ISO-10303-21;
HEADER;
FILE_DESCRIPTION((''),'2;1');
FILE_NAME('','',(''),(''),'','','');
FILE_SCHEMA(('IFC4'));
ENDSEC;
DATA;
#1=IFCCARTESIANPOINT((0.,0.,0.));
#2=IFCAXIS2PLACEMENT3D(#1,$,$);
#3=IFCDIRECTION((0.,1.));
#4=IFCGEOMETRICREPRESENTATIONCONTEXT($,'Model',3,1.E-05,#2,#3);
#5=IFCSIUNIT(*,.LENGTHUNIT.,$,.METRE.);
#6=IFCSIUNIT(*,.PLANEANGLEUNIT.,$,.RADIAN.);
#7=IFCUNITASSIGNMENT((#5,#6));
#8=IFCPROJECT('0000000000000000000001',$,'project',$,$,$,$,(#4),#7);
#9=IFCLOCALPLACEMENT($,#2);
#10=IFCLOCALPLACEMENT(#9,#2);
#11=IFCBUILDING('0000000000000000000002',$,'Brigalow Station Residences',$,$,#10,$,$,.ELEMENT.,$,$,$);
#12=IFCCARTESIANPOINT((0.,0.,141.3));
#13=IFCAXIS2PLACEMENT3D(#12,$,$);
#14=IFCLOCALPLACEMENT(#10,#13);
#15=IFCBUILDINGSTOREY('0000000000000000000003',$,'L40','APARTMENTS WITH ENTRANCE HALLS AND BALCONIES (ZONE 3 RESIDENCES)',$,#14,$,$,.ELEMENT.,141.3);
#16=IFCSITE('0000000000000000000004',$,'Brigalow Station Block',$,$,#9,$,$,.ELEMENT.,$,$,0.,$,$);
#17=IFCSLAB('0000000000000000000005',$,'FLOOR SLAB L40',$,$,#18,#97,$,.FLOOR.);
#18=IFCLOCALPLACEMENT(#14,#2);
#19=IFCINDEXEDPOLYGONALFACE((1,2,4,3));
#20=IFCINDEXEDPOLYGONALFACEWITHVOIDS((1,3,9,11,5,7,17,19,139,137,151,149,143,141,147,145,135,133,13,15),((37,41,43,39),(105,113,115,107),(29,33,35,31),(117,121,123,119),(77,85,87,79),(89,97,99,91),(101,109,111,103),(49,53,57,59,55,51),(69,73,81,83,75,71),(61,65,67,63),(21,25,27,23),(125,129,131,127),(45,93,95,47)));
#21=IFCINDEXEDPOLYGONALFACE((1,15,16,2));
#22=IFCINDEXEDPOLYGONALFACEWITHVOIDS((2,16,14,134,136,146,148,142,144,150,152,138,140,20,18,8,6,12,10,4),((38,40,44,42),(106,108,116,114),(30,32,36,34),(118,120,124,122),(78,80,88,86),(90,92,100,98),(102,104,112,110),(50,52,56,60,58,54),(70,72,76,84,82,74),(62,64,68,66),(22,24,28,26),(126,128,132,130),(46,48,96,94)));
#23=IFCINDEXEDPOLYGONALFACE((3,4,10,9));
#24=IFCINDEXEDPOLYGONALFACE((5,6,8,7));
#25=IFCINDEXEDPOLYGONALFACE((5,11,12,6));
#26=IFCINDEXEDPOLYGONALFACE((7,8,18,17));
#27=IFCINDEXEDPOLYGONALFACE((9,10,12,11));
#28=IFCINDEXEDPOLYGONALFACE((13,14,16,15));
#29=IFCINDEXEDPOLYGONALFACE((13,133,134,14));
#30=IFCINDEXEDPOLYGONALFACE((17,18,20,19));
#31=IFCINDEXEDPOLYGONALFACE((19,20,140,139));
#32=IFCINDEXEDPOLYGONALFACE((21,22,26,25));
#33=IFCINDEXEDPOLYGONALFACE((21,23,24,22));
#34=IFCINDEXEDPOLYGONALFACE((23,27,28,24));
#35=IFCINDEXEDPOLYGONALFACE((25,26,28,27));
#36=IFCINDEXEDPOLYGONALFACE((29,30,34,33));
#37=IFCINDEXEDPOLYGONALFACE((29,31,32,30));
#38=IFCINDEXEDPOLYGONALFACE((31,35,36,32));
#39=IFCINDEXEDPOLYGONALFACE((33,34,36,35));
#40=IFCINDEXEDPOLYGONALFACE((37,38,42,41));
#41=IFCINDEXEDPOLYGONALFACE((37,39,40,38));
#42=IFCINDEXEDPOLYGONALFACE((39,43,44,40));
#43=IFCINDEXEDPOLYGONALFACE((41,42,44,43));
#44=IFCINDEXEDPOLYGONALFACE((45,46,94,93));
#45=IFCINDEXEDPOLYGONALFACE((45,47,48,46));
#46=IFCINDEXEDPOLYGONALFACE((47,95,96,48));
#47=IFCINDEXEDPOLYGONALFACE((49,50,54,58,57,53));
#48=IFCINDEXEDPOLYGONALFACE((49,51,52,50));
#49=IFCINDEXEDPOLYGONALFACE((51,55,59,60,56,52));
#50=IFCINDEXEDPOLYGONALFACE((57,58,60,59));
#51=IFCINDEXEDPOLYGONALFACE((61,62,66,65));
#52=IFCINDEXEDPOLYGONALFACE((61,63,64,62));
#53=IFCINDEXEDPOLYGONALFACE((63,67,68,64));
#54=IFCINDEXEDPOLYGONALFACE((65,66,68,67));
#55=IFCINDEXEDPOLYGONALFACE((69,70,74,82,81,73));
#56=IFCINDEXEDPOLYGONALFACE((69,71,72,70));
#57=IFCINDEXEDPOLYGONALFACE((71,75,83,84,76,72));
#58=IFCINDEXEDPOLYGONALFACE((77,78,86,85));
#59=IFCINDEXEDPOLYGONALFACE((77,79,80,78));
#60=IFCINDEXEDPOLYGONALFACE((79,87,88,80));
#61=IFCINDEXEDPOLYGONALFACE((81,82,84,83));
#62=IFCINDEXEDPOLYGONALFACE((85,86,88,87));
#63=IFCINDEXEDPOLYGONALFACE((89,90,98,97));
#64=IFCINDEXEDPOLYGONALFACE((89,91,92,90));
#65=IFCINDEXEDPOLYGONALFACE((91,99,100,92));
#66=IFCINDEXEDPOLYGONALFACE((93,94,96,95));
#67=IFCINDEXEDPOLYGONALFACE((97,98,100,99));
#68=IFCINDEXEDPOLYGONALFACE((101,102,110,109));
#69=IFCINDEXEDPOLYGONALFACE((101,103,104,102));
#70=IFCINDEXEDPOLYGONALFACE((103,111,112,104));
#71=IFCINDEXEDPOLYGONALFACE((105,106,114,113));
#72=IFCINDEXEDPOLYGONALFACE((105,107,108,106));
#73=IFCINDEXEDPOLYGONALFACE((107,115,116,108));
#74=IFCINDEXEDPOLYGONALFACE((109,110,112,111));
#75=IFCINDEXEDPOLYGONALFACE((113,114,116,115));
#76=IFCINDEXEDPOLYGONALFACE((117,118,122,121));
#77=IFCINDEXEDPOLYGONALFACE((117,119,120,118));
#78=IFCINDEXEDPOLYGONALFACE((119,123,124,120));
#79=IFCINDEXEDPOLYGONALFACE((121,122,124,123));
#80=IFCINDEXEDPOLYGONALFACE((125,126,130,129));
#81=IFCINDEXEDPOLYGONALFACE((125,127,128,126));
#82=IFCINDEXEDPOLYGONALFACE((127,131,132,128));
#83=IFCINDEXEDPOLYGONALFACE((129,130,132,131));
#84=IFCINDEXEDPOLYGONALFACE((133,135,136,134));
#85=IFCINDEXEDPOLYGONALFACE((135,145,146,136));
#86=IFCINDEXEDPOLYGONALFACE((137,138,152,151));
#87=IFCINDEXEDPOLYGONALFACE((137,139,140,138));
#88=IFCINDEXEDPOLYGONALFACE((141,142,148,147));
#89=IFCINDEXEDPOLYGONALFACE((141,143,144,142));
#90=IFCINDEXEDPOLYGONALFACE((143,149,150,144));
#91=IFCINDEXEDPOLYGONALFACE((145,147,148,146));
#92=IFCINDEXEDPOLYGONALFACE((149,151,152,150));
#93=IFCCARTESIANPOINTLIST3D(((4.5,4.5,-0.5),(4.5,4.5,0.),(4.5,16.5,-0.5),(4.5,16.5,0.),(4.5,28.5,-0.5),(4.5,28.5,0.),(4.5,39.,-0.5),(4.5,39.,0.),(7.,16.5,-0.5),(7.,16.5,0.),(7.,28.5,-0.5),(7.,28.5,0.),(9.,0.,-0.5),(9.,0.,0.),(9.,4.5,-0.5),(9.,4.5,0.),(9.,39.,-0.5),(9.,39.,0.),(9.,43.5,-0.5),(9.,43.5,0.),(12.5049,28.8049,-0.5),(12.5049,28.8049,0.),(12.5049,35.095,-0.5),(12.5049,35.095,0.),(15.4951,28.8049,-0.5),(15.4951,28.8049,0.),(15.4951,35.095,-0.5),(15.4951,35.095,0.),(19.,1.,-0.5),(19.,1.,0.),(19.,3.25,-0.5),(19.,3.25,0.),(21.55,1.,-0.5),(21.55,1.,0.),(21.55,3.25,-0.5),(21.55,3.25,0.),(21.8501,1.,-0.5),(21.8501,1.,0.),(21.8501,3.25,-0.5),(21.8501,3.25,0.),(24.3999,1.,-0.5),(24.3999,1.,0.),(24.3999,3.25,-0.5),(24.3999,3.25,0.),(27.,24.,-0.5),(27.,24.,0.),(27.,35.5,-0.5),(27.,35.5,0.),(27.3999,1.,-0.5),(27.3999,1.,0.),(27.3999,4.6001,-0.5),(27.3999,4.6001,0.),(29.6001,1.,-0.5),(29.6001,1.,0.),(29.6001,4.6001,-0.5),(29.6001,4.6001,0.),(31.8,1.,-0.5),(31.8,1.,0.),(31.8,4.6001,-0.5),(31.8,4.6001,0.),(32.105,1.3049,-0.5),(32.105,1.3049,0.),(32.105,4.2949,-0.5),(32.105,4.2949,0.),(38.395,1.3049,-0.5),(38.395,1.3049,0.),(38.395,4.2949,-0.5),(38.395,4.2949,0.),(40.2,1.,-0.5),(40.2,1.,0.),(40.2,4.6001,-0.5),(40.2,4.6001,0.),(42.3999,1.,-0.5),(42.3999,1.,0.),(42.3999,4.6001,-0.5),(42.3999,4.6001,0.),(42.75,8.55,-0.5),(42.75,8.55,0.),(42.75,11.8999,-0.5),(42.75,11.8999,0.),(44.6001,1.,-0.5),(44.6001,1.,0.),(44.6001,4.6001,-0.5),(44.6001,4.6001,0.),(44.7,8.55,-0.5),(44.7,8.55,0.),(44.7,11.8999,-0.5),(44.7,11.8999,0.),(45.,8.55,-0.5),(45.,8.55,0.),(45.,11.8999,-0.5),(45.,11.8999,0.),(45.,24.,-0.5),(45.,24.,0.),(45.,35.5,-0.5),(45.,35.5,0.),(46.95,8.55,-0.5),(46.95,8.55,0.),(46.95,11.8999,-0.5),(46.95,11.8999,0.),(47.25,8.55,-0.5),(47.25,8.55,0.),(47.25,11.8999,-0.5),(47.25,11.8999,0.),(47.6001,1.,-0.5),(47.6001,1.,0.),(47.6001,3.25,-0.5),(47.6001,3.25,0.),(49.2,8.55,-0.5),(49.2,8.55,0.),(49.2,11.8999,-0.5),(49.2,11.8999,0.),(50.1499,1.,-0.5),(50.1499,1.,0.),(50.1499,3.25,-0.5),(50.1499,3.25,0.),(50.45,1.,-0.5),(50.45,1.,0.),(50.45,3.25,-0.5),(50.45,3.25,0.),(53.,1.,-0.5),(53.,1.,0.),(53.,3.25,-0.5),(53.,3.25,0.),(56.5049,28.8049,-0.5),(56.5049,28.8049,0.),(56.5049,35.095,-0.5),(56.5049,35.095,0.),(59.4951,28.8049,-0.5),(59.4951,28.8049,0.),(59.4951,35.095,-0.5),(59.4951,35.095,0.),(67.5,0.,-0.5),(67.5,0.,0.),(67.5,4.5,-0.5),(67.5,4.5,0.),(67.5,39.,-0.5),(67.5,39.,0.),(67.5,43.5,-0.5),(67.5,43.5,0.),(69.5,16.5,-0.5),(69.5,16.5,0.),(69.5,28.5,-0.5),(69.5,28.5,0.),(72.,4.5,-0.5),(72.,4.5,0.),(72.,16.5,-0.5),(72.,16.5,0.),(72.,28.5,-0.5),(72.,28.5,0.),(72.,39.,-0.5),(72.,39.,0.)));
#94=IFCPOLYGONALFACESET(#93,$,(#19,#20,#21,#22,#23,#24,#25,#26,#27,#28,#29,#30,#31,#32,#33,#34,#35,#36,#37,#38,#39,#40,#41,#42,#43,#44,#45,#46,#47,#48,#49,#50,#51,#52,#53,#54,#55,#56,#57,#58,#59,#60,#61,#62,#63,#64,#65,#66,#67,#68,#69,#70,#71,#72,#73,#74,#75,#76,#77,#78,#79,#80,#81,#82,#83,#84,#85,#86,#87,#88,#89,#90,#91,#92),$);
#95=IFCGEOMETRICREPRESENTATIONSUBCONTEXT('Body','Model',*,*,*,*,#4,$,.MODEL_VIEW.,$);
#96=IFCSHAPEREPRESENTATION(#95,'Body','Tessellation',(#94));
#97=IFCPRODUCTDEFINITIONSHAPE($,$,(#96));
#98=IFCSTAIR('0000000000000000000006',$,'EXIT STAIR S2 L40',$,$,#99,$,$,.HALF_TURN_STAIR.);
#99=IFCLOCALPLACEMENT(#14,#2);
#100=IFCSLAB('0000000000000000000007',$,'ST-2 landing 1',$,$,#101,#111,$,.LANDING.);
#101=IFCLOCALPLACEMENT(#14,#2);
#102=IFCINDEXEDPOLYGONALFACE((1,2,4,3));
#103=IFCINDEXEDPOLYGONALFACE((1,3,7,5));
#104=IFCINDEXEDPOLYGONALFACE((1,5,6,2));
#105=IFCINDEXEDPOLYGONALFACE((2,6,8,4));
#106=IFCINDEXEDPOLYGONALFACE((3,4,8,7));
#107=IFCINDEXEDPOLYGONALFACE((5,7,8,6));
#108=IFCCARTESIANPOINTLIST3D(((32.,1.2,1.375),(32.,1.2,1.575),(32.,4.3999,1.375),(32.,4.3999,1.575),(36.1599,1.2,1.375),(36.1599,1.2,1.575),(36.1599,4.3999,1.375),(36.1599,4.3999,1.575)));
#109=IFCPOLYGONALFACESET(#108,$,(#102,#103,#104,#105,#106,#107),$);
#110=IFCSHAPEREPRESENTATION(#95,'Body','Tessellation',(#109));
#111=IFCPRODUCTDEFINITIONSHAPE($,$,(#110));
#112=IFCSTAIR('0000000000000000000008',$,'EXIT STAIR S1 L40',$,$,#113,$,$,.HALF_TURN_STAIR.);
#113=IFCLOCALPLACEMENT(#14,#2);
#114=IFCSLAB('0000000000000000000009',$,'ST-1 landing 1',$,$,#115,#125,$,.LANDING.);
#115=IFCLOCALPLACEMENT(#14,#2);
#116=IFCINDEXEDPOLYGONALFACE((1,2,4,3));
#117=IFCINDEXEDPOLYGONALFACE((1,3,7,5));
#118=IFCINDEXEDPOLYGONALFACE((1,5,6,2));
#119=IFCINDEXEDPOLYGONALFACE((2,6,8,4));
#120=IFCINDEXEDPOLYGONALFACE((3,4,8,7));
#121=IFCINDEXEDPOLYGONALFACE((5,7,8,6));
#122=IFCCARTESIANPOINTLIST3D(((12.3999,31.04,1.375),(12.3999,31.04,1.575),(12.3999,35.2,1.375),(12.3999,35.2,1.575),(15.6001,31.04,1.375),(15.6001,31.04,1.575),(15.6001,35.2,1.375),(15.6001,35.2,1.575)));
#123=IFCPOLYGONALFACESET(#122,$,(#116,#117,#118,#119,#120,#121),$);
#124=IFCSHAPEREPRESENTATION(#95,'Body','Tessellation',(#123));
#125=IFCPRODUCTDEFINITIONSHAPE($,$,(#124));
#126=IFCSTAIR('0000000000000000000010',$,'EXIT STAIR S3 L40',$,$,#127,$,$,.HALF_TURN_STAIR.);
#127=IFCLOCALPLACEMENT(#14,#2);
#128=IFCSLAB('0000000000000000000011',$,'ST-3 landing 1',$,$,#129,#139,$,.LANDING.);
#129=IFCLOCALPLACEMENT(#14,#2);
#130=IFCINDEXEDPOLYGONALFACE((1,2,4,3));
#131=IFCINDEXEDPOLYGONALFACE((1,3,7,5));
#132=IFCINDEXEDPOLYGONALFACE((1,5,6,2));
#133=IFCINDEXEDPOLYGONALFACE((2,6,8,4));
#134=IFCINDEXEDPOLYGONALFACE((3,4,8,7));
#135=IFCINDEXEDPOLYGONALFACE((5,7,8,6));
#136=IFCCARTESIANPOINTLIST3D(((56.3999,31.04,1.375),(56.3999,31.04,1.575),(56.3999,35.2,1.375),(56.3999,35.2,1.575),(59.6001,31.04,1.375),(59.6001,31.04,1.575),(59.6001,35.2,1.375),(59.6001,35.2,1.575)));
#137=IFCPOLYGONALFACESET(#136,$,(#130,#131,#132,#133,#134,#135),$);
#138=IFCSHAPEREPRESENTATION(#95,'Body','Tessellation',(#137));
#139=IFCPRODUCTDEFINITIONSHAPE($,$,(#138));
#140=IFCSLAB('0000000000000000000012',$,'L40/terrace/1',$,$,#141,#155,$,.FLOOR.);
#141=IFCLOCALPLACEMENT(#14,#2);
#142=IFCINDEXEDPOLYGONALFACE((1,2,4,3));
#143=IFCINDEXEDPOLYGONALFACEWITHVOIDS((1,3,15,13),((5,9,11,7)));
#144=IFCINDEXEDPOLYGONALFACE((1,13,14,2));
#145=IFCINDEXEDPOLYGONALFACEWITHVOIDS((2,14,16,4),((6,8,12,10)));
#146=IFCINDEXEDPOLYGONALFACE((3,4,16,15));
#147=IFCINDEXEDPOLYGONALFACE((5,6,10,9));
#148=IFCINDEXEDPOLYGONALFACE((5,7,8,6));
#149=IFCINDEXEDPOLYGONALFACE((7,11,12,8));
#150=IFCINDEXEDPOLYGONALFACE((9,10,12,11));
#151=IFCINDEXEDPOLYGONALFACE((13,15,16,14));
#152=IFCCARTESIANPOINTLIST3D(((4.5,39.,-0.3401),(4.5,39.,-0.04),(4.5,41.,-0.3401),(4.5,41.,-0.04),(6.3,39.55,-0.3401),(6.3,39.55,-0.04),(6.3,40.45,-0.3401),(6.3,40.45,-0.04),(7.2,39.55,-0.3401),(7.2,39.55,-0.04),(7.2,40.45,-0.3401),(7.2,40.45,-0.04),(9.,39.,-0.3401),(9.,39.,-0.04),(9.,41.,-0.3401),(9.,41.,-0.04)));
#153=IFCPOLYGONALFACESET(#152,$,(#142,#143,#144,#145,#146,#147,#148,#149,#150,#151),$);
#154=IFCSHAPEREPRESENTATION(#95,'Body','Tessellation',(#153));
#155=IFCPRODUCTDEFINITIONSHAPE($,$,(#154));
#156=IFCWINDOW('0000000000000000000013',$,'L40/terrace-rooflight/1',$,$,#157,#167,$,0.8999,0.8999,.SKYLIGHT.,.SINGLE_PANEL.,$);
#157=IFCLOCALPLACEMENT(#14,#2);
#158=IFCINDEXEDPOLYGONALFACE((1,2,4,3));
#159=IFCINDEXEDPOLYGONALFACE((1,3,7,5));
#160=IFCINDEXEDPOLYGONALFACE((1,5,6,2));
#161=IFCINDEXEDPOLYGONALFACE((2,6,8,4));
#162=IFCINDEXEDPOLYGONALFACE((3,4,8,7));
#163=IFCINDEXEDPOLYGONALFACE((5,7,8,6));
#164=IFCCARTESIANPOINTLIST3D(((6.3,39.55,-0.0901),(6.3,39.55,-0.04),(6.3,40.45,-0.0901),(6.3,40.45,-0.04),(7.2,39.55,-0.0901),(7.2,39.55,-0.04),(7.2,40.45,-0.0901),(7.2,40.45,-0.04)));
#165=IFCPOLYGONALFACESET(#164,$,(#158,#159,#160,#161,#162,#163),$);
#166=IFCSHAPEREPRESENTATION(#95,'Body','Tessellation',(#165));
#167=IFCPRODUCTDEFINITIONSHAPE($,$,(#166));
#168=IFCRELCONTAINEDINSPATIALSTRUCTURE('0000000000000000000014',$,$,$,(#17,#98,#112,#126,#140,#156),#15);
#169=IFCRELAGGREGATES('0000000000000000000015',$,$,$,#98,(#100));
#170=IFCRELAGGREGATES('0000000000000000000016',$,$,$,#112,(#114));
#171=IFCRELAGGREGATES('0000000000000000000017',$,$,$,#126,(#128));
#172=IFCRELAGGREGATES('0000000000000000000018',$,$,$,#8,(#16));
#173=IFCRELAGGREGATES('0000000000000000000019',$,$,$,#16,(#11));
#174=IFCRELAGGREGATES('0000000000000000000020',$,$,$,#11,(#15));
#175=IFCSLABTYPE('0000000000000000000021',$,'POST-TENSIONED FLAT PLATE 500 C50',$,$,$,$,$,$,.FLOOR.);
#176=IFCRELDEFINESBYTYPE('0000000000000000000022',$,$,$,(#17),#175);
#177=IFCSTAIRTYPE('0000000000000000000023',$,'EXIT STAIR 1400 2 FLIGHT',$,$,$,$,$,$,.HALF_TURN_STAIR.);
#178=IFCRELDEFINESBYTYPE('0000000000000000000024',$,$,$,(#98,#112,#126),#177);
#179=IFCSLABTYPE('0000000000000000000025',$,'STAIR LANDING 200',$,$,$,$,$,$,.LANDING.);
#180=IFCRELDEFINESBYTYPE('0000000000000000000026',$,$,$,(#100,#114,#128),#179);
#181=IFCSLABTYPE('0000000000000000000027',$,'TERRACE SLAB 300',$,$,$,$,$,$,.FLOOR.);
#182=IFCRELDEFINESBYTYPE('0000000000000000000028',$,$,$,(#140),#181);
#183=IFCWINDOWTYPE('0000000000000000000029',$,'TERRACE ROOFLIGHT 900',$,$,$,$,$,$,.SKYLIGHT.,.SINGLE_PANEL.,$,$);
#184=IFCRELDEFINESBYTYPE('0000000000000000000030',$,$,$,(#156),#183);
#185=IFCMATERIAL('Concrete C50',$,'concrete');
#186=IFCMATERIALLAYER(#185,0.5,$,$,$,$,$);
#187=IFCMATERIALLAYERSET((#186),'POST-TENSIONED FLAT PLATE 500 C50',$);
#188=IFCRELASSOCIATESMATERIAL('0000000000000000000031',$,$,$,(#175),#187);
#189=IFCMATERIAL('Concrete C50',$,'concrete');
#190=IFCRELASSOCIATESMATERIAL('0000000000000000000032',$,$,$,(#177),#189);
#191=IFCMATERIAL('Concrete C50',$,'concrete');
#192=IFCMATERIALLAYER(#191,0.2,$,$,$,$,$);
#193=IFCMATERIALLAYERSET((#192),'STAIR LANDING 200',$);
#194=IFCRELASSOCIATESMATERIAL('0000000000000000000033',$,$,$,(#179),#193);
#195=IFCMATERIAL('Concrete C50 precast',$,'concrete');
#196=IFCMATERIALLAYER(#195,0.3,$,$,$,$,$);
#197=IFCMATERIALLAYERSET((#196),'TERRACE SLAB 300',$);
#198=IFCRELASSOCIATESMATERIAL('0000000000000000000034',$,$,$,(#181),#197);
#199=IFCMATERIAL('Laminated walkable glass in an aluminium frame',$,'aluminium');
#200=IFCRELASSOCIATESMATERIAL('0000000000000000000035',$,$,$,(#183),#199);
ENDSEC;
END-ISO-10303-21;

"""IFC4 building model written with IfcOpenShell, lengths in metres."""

from ifc_helpers import new_model, si_unit, direction, frame, origin, origin_2d, place, context, subcontext, project, spatial, polyline, rectangle, outline, extrude, material, layer, layer_set, type_object, element, fill, aggregate, save


model = new_model("IFC4")

# Units and contexts
model_context = context("Model", 3, precision=1e-05, world=origin(), true_north=direction((0.0, 1.0)))
body_context = subcontext(model_context, "Body", "Model", "MODEL_VIEW")
ifc_project = project(units=[si_unit("LENGTHUNIT", "METRE"), si_unit("PLANEANGLEUNIT", "RADIAN")], contexts=[model_context])

# Site, building, storey
site_placement = place(None, origin())
site = spatial("IfcSite", under=ifc_project, at=site_placement, Name="Brigalow Station Block", CompositionType="ELEMENT", RefElevation=0.0)
building_placement = place(site_placement, origin())
building = spatial("IfcBuilding", under=site, at=building_placement, Name="Brigalow Station Residences", CompositionType="ELEMENT")
storey_placement = place(building_placement, frame((0.0, 0.0, 141.3)))
storey = spatial("IfcBuildingStorey", under=building, at=storey_placement, Name="L40", Description="APARTMENTS WITH ENTRANCE HALLS AND BALCONIES (ZONE 3 RESIDENCES)", CompositionType="ELEMENT", Elevation=141.3)

# Slab
ifc_material_1 = material(Name="Concrete C50", Category="concrete")
ifc_layer_1 = layer(ifc_material_1, 0.5)
ifc_layer_set_1 = layer_set([ifc_layer_1], Name="POST-TENSIONED FLAT PLATE 500 C50")
slab_type_1 = type_object("IfcSlabType", Name="POST-TENSIONED FLAT PLATE 500 C50", PredefinedType="FLOOR", material=ifc_layer_set_1)
slab_1_placement = place(storey_placement, frame((0.0, 0.0, -0.5)))
element("IfcSlab", 1, at=slab_1_placement, inside=storey, type_object=slab_type_1, Name="FLOOR SLAB L40", PredefinedType="FLOOR", context=body_context, shape_type="SweptSolid", body=[
    extrude(outline(polyline([(9.0, 0.0), (67.5, 0.0), (67.5, 4.5), (72.0, 4.5), (72.0, 16.5), (69.5, 16.5), (69.5, 28.5), (72.0, 28.5), (72.0, 39.0), (67.5, 39.0), (67.5, 43.5), (9.0, 43.5), (9.0, 39.0), (4.5, 39.0), (4.5, 28.5), (7.0, 28.5), (7.0, 16.5), (4.5, 16.5), (4.5, 4.5), (9.0, 4.5), (9.0, 0.0)]), holes=[polyline([(12.5049, 35.095), (15.4951, 35.095), (15.4951, 28.8049), (12.5049, 28.8049), (12.5049, 35.095)]), polyline([(19.0, 1.0), (19.0, 3.25), (21.55, 3.25), (21.55, 1.0), (19.0, 1.0)]), polyline([(21.8501, 3.25), (24.3999, 3.25), (24.3999, 1.0), (21.8501, 1.0), (21.8501, 3.25)]), polyline([(27.0, 35.5), (45.0, 35.5), (45.0, 24.0), (27.0, 24.0), (27.0, 35.5)]), polyline([(29.6001, 4.6001), (31.8, 4.6001), (31.8, 1.0), (29.6001, 1.0), (27.3999, 1.0), (27.3999, 4.6001), (29.6001, 4.6001)]), polyline([(32.105, 4.2949), (38.395, 4.2949), (38.395, 1.3049), (32.105, 1.3049), (32.105, 4.2949)]), polyline([(40.2, 4.6001), (42.3999, 4.6001), (44.6001, 4.6001), (44.6001, 1.0), (42.3999, 1.0), (40.2, 1.0), (40.2, 4.6001)]), polyline([(42.75, 11.8999), (44.7, 11.8999), (44.7, 8.55), (42.75, 8.55), (42.75, 11.8999)]), polyline([(45.0, 11.8999), (46.95, 11.8999), (46.95, 8.55), (45.0, 8.55), (45.0, 11.8999)]), polyline([(47.25, 11.8999), (49.2, 11.8999), (49.2, 8.55), (47.25, 8.55), (47.25, 11.8999)]), polyline([(47.6001, 3.25), (50.1499, 3.25), (50.1499, 1.0), (47.6001, 1.0), (47.6001, 3.25)]), polyline([(50.45, 3.25), (53.0, 3.25), (53.0, 1.0), (50.45, 1.0), (50.45, 3.25)]), polyline([(56.5049, 35.095), (59.4951, 35.095), (59.4951, 28.8049), (56.5049, 28.8049), (56.5049, 35.095)])]), origin(), (0.0, 0.0, 1.0), 0.5),
])

# Stairs, slabs
ifc_material_2 = material(Name="Concrete C50", Category="concrete")
stair_type = type_object("IfcStairType", Name="EXIT STAIR 1400 2 FLIGHT", PredefinedType="HALF_TURN_STAIR", material=ifc_material_2)
stair_1_placement = place(storey_placement, origin())
stair_1 = element("IfcStair", 2, at=stair_1_placement, inside=storey, type_object=stair_type, Name="EXIT STAIR S2 L40", PredefinedType="HALF_TURN_STAIR")
ifc_material_3 = material(Name="Concrete C50", Category="concrete")
ifc_layer_2 = layer(ifc_material_3, 0.2)
ifc_layer_set_2 = layer_set([ifc_layer_2], Name="STAIR LANDING 200")
slab_type_2 = type_object("IfcSlabType", Name="STAIR LANDING 200", PredefinedType="LANDING", material=ifc_layer_set_2)
slab_2_placement = place(storey_placement, frame((0.0, 0.0, 1.375)))
slab_2 = element("IfcSlab", 3, at=slab_2_placement, type_object=slab_type_2, Name="ST-2 landing 1", PredefinedType="LANDING", context=body_context, shape_type="SweptSolid", body=[
    extrude(outline(polyline([(32.0, 1.2), (36.1599, 1.2), (36.1599, 4.3999), (32.0, 4.3999), (32.0, 1.2)])), origin(), (0.0, 0.0, 1.0), 0.2),
])
aggregate(stair_1, [slab_2])
stair_2_placement = place(storey_placement, origin())
stair_2 = element("IfcStair", 4, at=stair_2_placement, inside=storey, type_object=stair_type, Name="EXIT STAIR S1 L40", PredefinedType="HALF_TURN_STAIR")
slab_3_placement = place(storey_placement, frame((0.0, 0.0, 1.375)))
slab_3 = element("IfcSlab", 5, at=slab_3_placement, type_object=slab_type_2, Name="ST-1 landing 1", PredefinedType="LANDING", context=body_context, shape_type="SweptSolid", body=[
    extrude(outline(polyline([(12.3999, 31.04), (15.6001, 31.04), (15.6001, 35.2), (12.3999, 35.2), (12.3999, 31.04)])), origin(), (0.0, 0.0, 1.0), 0.2),
])
aggregate(stair_2, [slab_3])
stair_3_placement = place(storey_placement, origin())
stair_3 = element("IfcStair", 6, at=stair_3_placement, inside=storey, type_object=stair_type, Name="EXIT STAIR S3 L40", PredefinedType="HALF_TURN_STAIR")
slab_4_placement = place(storey_placement, frame((0.0, 0.0, 1.375)))
slab_4 = element("IfcSlab", 7, at=slab_4_placement, type_object=slab_type_2, Name="ST-3 landing 1", PredefinedType="LANDING", context=body_context, shape_type="SweptSolid", body=[
    extrude(outline(polyline([(56.3999, 31.04), (59.6001, 31.04), (59.6001, 35.2), (56.3999, 35.2), (56.3999, 31.04)])), origin(), (0.0, 0.0, 1.0), 0.2),
])
aggregate(stair_3, [slab_4])

# Slab, opening, window
ifc_material_4 = material(Name="Concrete C50 precast", Category="concrete")
ifc_layer_3 = layer(ifc_material_4, 0.3)
ifc_layer_set_3 = layer_set([ifc_layer_3], Name="TERRACE SLAB 300")
slab_type_3 = type_object("IfcSlabType", Name="TERRACE SLAB 300", PredefinedType="FLOOR", material=ifc_layer_set_3)
slab_5_placement = place(storey_placement, frame((0.0, 0.0, -0.3401)))
slab_5 = element("IfcSlab", 8, at=slab_5_placement, inside=storey, type_object=slab_type_3, Name="L40/terrace/1", PredefinedType="FLOOR", context=body_context, shape_type="SweptSolid", body=[
    extrude(outline(polyline([(4.5, 39.0), (9.0, 39.0), (9.0, 41.0), (4.5, 41.0), (4.5, 39.0)])), origin(), (0.0, 0.0, 1.0), 0.3),
])
opening_1_placement = place(slab_5_placement, frame((6.75, 40.0, 0.0)))
opening_1 = element("IfcOpeningElement", 9, at=opening_1_placement, cuts=slab_5, PredefinedType="OPENING", context=body_context, shape_type="SweptSolid", body=[
    extrude(rectangle(XDim=0.8999, YDim=0.8999, at=origin_2d()), origin(), (0.0, 0.0, 1.0), 0.3),
])
ifc_material_5 = material(Name="Laminated walkable glass in an aluminium frame", Category="aluminium")
window_type_1 = type_object("IfcWindowType", Name="TERRACE ROOFLIGHT 900", PartitioningType="SINGLE_PANEL", PredefinedType="SKYLIGHT", material=ifc_material_5)
window_1_placement = place(opening_1_placement, frame((0.0, 0.0, 0.25)))
window_1 = element("IfcWindow", 10, at=window_1_placement, inside=storey, type_object=window_type_1, Name="L40/terrace-rooflight/1", OverallHeight=0.8999, OverallWidth=0.8999, PartitioningType="SINGLE_PANEL", PredefinedType="SKYLIGHT", context=body_context, shape_type="SweptSolid", body=[
    extrude(rectangle(XDim=0.8999, YDim=0.8999, at=origin_2d()), origin(), (0.0, 0.0, 1.0), 0.05),
])
fill(opening_1, window_1)

save(model, "model.ifc")
